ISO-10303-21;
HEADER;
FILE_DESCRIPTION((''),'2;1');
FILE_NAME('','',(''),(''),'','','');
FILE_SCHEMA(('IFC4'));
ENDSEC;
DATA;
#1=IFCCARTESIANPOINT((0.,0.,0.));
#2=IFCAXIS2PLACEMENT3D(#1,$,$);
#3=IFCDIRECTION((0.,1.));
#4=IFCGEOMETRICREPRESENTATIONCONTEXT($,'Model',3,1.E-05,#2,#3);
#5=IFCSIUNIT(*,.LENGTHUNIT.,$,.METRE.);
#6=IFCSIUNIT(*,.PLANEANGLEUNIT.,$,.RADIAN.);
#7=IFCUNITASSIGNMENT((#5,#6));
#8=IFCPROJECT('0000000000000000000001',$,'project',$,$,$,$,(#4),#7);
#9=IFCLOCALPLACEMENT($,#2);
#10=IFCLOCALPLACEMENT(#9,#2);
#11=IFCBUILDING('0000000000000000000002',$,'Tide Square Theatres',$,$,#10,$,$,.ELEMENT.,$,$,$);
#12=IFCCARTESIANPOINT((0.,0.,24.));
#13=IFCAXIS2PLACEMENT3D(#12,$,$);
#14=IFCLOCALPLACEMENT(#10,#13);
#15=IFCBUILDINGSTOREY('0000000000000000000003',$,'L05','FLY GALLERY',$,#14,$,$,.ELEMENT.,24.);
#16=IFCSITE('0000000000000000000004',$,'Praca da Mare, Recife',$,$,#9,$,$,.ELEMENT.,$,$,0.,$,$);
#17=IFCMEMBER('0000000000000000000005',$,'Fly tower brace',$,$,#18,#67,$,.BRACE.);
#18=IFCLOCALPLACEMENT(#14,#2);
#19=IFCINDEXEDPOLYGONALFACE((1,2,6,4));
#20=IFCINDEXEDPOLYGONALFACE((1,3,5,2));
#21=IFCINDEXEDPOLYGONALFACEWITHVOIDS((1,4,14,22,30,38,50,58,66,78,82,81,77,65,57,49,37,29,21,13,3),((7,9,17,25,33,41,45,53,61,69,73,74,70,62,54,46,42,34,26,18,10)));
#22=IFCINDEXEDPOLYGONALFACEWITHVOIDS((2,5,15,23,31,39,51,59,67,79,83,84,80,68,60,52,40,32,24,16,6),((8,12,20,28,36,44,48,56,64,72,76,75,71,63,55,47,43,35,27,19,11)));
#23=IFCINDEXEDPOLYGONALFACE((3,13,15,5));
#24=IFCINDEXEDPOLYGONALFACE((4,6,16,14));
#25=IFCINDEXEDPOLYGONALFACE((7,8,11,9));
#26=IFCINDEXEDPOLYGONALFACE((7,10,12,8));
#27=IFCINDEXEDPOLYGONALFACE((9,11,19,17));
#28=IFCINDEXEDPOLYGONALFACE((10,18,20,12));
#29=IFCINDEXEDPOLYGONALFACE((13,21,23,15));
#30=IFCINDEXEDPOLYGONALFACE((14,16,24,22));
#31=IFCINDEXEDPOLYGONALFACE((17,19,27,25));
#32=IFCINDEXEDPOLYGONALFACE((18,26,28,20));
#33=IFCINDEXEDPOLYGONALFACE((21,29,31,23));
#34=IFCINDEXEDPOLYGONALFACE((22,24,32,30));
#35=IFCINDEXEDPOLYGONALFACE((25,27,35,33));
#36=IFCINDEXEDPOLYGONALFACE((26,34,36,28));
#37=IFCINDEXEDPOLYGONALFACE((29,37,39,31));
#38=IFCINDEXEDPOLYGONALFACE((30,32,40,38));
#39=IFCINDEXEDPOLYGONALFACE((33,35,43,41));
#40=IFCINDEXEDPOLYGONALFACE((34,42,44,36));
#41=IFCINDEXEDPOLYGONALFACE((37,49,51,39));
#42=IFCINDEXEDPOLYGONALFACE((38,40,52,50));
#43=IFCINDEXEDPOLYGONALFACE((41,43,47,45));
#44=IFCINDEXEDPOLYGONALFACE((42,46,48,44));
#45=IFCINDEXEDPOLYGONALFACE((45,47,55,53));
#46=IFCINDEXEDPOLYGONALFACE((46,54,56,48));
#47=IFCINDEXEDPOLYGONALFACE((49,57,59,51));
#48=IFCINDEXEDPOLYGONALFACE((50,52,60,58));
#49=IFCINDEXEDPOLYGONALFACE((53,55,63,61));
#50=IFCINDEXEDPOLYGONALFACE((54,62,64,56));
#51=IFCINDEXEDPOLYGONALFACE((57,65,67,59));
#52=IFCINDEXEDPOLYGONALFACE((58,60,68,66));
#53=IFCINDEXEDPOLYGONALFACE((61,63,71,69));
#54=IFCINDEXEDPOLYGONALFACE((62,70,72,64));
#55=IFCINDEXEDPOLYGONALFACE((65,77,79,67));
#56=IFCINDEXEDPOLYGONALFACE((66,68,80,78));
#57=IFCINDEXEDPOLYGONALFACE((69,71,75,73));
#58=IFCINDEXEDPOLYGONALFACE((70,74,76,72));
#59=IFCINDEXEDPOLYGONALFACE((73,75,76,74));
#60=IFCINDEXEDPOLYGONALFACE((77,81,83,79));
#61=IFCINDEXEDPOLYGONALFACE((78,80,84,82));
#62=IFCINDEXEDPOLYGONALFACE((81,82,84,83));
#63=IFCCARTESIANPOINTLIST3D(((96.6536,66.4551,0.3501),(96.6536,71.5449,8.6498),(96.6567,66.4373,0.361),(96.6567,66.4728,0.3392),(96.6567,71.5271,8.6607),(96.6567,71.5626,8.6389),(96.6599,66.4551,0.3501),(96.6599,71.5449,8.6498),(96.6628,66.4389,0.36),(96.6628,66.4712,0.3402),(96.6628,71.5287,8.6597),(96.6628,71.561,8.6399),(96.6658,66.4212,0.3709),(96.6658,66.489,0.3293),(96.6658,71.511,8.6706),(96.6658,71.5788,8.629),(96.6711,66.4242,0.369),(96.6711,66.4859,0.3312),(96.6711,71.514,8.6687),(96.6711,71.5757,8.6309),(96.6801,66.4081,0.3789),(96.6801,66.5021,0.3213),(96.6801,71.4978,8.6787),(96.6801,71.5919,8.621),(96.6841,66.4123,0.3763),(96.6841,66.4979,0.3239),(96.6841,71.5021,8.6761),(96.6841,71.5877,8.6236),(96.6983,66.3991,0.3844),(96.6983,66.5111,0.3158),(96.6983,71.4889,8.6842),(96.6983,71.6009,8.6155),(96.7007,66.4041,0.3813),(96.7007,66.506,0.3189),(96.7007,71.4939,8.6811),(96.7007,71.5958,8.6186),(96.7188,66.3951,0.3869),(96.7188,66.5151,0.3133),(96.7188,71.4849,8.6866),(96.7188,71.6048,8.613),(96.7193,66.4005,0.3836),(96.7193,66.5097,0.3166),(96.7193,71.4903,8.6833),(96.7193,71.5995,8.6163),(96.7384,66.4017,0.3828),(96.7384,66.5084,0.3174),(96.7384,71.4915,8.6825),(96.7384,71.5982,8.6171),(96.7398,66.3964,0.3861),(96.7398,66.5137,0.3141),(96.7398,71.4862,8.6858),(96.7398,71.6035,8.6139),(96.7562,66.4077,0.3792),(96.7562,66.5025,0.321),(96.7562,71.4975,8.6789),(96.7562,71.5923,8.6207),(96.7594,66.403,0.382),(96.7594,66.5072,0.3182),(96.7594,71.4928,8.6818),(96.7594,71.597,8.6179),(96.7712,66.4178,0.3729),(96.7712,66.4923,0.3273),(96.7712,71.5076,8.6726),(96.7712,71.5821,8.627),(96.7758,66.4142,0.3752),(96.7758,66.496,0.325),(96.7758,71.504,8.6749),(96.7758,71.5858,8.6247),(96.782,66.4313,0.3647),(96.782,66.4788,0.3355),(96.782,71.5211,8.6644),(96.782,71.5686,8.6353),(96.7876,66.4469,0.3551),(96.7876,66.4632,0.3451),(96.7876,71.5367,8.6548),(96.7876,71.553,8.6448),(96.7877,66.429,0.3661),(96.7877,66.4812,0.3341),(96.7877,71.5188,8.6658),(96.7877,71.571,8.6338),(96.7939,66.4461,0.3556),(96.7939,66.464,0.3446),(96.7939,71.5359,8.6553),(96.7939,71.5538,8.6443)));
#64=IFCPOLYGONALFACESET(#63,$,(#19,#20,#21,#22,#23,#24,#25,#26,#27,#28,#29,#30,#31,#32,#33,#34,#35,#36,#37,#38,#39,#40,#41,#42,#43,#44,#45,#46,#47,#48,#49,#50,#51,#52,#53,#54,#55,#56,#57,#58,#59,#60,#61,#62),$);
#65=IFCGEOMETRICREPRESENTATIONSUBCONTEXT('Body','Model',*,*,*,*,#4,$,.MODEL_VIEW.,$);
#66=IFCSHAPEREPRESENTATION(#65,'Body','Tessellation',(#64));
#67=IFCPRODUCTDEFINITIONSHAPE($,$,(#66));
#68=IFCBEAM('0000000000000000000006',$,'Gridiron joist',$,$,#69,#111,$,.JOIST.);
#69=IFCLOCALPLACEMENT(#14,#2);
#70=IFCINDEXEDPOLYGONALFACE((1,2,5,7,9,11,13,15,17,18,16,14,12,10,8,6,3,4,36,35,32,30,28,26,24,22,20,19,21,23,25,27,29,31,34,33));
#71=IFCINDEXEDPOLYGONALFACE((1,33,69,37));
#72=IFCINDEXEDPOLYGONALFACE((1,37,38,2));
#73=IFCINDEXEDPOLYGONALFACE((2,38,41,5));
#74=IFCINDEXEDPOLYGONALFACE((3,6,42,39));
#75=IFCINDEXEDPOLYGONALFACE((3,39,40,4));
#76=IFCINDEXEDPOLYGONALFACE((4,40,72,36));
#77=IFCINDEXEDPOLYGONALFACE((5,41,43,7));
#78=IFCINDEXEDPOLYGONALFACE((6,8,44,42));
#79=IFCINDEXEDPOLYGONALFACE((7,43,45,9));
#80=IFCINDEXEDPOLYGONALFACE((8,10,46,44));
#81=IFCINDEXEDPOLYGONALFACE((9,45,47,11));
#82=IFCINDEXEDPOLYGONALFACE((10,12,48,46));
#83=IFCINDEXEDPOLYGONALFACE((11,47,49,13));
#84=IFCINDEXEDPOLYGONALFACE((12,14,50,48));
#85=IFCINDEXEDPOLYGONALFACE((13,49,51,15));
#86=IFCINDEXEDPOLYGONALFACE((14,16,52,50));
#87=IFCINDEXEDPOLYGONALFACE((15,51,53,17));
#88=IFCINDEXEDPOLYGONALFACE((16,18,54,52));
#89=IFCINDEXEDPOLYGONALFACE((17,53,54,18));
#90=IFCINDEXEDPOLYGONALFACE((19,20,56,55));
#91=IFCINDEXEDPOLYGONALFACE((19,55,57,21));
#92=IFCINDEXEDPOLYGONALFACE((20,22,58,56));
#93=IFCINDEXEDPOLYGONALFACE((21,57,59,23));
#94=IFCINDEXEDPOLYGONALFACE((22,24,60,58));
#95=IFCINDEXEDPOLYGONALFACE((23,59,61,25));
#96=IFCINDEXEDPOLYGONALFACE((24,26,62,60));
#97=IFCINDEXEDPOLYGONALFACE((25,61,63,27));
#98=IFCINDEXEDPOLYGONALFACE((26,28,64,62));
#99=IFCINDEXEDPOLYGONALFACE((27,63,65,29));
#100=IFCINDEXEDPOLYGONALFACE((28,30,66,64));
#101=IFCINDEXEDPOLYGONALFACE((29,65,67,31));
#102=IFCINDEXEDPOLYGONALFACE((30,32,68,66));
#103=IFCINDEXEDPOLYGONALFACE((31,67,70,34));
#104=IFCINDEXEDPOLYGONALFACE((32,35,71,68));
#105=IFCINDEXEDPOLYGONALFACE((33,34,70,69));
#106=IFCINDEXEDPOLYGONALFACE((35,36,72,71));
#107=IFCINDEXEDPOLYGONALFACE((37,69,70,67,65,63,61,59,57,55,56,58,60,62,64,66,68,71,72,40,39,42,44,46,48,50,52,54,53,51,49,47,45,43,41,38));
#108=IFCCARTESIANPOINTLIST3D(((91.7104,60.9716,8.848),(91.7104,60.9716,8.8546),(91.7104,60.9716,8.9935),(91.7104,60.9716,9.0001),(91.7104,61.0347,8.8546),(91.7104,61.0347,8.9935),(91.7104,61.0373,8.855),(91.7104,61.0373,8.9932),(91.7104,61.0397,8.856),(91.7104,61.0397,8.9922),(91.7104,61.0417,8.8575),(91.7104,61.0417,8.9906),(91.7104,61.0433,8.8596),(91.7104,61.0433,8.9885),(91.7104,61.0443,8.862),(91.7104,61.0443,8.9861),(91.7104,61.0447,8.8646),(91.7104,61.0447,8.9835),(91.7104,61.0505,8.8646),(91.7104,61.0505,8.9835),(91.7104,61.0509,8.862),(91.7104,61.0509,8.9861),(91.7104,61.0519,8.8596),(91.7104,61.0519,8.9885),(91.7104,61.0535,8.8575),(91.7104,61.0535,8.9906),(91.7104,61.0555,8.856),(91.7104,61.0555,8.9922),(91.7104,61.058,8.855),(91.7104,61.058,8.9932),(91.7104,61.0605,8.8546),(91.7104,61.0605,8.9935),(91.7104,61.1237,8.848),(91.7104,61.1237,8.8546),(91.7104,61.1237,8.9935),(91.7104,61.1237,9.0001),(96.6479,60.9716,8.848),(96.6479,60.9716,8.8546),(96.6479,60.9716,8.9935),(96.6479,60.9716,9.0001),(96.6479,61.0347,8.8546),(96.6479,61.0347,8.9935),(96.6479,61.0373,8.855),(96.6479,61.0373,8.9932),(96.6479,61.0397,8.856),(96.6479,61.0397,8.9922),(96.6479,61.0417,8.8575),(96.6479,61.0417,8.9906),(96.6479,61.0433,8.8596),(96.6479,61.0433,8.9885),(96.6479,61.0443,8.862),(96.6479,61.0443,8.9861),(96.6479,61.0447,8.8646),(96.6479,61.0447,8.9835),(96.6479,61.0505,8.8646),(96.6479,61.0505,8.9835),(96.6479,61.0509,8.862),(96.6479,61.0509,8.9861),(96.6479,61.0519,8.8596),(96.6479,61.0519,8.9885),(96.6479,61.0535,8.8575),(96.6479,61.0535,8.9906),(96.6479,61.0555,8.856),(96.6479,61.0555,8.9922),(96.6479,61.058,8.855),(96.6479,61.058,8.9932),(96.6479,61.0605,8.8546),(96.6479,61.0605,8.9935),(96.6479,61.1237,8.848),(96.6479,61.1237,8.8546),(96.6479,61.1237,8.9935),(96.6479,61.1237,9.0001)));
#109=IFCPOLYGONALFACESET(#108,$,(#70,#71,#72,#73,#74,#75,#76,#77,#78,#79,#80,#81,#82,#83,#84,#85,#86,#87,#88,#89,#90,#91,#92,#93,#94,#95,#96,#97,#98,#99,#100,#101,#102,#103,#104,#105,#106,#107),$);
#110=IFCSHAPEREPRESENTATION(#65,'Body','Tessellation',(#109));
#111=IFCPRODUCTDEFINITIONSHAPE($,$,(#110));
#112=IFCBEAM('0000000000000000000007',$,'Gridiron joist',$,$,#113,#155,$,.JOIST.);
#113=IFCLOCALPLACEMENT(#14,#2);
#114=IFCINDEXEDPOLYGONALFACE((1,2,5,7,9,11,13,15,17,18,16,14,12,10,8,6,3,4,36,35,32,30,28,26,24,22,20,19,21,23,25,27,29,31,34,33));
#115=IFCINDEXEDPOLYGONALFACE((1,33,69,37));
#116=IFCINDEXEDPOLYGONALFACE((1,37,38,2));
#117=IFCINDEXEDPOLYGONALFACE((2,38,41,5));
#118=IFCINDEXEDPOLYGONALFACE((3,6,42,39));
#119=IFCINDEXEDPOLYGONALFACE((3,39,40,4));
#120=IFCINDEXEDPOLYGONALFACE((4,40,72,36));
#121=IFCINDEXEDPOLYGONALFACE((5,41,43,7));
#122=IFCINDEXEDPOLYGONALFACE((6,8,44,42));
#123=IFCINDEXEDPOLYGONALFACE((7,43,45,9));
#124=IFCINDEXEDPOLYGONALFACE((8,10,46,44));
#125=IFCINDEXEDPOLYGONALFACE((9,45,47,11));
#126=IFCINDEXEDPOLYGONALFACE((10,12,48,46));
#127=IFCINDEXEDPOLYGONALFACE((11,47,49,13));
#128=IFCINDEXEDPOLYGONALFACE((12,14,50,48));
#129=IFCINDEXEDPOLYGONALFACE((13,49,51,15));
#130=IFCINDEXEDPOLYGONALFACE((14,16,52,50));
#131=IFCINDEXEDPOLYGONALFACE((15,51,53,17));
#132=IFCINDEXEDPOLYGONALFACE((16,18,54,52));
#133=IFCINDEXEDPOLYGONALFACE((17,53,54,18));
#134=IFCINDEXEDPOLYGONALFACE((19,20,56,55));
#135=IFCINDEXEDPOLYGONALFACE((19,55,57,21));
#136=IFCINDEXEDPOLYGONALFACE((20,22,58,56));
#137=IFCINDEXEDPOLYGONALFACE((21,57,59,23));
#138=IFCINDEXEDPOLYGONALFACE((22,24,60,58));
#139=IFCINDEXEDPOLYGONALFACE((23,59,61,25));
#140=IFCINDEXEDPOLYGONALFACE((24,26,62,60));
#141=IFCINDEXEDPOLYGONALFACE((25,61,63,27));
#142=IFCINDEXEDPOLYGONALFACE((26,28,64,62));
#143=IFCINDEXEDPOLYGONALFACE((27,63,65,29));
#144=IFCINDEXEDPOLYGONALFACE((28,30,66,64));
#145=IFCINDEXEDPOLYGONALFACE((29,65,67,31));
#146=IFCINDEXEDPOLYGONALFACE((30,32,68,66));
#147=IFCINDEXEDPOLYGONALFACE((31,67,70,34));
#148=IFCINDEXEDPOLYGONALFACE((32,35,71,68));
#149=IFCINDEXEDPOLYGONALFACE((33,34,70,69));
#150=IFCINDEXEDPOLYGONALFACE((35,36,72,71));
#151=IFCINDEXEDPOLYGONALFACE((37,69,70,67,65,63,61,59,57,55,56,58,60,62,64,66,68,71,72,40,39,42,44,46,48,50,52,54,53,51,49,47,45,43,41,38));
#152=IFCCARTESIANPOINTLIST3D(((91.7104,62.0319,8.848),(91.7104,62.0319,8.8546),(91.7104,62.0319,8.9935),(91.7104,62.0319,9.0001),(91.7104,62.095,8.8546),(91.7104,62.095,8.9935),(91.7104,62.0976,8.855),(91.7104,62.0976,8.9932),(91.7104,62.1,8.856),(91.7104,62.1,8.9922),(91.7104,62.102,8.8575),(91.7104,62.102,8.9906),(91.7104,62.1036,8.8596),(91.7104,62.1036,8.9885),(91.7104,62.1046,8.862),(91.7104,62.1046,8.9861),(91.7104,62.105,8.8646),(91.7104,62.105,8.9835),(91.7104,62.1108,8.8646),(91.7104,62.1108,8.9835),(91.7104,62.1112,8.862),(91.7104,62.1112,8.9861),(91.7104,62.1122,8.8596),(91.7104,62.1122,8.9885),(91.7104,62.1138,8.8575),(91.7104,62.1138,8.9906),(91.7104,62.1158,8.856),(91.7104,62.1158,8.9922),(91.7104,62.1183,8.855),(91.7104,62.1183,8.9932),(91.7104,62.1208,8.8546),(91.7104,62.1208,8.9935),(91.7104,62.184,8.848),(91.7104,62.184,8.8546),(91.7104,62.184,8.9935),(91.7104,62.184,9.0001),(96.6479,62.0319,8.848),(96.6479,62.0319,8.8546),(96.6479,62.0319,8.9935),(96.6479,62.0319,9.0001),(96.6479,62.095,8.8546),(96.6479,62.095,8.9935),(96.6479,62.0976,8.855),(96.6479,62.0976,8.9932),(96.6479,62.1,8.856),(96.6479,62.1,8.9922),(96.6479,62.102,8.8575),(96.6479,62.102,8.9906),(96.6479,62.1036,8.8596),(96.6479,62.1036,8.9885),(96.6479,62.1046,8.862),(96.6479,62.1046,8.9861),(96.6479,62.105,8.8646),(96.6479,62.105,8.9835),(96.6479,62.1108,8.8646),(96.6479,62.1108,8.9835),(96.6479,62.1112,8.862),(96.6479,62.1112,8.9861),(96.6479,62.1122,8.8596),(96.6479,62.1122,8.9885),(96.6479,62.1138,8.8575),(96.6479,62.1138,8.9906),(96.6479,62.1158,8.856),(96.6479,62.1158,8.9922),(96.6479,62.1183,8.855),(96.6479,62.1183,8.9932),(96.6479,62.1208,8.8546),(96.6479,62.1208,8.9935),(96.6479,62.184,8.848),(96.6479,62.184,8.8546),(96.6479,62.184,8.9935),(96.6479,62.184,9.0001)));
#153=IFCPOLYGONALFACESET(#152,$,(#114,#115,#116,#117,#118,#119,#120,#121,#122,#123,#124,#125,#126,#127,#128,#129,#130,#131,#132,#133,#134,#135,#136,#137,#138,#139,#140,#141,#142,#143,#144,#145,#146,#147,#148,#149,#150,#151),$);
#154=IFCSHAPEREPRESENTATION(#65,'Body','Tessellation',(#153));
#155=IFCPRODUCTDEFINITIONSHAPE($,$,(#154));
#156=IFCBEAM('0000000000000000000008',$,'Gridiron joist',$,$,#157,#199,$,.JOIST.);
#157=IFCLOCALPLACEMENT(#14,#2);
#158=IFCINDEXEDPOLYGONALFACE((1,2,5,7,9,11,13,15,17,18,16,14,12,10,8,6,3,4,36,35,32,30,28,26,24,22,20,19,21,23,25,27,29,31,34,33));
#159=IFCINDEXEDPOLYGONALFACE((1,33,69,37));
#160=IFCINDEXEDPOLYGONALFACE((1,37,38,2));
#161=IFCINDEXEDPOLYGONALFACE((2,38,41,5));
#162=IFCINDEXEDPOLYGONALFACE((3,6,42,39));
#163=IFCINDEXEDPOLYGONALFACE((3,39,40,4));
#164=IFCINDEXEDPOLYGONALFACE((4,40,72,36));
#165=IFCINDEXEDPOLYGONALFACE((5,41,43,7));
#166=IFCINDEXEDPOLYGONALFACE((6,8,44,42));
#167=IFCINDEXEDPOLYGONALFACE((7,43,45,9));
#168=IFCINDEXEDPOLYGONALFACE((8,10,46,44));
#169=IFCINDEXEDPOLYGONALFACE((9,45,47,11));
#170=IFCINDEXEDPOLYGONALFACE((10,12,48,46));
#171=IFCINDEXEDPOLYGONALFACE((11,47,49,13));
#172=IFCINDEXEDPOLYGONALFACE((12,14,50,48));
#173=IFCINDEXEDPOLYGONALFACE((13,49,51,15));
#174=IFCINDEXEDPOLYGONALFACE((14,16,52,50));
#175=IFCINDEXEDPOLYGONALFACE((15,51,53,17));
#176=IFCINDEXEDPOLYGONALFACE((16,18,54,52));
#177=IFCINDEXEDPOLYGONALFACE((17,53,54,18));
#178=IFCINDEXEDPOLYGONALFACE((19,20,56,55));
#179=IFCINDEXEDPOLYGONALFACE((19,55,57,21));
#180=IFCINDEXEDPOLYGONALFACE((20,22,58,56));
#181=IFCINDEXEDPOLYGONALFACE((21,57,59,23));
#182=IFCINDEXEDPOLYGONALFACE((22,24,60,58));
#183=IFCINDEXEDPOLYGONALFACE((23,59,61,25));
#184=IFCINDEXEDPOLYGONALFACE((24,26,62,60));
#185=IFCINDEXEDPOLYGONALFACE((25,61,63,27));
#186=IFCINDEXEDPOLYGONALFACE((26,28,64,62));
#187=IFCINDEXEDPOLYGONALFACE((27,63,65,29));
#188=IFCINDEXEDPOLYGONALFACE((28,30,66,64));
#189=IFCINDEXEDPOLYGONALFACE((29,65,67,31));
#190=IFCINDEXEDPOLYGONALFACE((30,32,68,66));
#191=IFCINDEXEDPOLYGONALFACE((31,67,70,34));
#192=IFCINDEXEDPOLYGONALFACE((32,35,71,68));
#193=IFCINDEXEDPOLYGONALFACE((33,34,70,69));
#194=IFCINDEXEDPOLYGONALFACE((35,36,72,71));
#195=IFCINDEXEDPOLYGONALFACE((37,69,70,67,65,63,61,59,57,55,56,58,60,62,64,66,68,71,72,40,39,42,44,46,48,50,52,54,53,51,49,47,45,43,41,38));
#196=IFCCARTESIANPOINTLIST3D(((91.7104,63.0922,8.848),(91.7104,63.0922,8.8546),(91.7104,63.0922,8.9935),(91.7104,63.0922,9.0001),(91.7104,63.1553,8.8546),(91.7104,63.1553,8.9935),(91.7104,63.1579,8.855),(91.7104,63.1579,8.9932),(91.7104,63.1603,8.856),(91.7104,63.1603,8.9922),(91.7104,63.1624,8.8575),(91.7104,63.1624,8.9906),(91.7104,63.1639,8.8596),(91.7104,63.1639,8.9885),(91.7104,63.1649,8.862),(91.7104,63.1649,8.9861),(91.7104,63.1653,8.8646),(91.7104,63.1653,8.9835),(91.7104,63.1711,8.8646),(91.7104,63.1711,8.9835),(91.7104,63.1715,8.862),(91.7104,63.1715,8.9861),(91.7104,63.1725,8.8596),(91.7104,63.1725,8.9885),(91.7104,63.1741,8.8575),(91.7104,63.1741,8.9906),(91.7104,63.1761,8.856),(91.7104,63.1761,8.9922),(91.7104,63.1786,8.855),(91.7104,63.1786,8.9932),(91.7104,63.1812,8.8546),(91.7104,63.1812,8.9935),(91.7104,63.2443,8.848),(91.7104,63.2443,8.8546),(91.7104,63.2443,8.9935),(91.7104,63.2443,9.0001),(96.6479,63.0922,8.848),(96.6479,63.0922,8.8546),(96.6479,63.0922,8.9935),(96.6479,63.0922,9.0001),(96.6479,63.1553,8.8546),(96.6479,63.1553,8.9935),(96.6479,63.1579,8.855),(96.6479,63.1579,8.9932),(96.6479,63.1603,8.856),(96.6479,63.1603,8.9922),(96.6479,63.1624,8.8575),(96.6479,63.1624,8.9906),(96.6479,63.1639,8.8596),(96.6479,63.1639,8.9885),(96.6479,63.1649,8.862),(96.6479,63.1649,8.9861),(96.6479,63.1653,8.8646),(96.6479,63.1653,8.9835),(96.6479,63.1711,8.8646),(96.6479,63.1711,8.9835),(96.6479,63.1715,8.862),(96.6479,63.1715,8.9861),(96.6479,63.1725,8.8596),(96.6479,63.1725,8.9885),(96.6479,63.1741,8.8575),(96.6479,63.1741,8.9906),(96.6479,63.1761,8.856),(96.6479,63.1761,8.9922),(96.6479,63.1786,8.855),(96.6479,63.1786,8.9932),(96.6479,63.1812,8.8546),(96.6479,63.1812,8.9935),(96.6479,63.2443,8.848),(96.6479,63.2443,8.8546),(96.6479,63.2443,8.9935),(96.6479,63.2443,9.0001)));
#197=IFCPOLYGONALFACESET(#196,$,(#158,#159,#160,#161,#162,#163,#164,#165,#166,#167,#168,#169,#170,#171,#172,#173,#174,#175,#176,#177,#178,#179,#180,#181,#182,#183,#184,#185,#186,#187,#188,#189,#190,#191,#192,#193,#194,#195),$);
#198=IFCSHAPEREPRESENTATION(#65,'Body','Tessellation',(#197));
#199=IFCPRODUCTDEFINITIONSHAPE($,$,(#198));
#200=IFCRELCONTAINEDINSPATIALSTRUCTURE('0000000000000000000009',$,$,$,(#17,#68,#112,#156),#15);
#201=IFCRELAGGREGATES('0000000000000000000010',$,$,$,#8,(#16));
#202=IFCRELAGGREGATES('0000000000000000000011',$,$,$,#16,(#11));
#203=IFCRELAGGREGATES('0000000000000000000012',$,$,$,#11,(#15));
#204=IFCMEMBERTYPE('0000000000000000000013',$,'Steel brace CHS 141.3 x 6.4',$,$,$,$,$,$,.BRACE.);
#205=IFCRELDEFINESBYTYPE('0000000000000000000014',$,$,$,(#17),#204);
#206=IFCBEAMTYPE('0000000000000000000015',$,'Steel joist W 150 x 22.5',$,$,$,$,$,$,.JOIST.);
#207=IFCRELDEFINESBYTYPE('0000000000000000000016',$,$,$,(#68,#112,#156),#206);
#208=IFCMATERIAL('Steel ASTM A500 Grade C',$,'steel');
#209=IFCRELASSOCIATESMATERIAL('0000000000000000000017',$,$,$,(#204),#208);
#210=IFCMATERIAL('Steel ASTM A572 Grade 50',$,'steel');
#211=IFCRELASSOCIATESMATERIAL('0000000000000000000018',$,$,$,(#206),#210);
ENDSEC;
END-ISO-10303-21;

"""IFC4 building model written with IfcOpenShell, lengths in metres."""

from ifc_helpers import new_model, si_unit, direction, frame, origin, origin_2d, place, context, subcontext, project, spatial, hollow_circle, i_section, extrude, material, material_profile, profile_set, type_object, element, save


model = new_model("IFC4")

# Units and contexts
model_context = context("Model", 3, precision=1e-05, world=origin(), true_north=direction((0.0, 1.0)))
body_context = subcontext(model_context, "Body", "Model", "MODEL_VIEW")
ifc_project = project(units=[si_unit("LENGTHUNIT", "METRE"), si_unit("PLANEANGLEUNIT", "RADIAN")], contexts=[model_context])

# Site, building, storey
site_placement = place(None, origin())
site = spatial("IfcSite", under=ifc_project, at=site_placement, Name="Praca da Mare, Recife", CompositionType="ELEMENT", RefElevation=0.0)
building_placement = place(site_placement, origin())
building = spatial("IfcBuilding", under=site, at=building_placement, Name="Tide Square Theatres", CompositionType="ELEMENT")
storey_placement = place(building_placement, frame((0.0, 0.0, 24.0)))
storey = spatial("IfcBuildingStorey", under=building, at=storey_placement, Name="L05", Description="FLY GALLERY", CompositionType="ELEMENT", Elevation=24.0)

# Member
ifc_material_1 = material(Name="Steel ASTM A500 Grade C", Category="steel")
ifc_material_profile_1 = material_profile(ifc_material_1, hollow_circle(Radius=0.0706, WallThickness=0.0063, at=origin_2d()))
ifc_profile_set_1 = profile_set([ifc_material_profile_1], Name="Steel ASTM A500 Grade C")
member_type = type_object("IfcMemberType", Name="Steel brace CHS 141.3 x 6.4", PredefinedType="BRACE", material=ifc_profile_set_1)
member_1_placement = place(storey_placement, frame((96.7241, 66.4551, 0.3501), z_axis=(0.0, 0.522776, 0.85247), x_axis=(-1.0, 0.0, 0.0)))
element("IfcMember", 1, at=member_1_placement, inside=storey, type_object=member_type, Name="Fly tower brace", PredefinedType="BRACE", context=body_context, shape_type="SweptSolid", body=[
    extrude(hollow_circle(Radius=0.0706, WallThickness=0.0063, at=origin_2d()), origin(), (0.0, 0.0, 1.0), 9.7361),
])

# Beams
ifc_material_2 = material(Name="Steel ASTM A572 Grade 50", Category="steel")
ifc_material_profile_2 = material_profile(ifc_material_2, i_section(OverallWidth=0.1521, OverallDepth=0.1521, WebThickness=0.0059, FlangeThickness=0.0066, FilletRadius=0.01, at=origin_2d()))
ifc_profile_set_2 = profile_set([ifc_material_profile_2], Name="Steel ASTM A572 Grade 50")
beam_type_1 = type_object("IfcBeamType", Name="Steel joist W 150 x 22.5", PredefinedType="JOIST", material=ifc_profile_set_2)
for number, where, z_axis, x_axis, name in (
    (2, (91.7104, 61.0476, 8.9241), (1.0, 0.0, 0.0), (0.0, 1.0, 0.0), "Gridiron joist"),
    (3, (91.7104, 62.1079, 8.9241), (1.0, 0.0, 0.0), (0.0, 1.0, 0.0), "Gridiron joist"),
    (4, (91.7104, 63.1682, 8.9241), (1.0, 0.0, 0.0), (0.0, 1.0, 0.0), "Gridiron joist"),
):
    element("IfcBeam", number, at=place(storey_placement, frame(where, z_axis=z_axis, x_axis=x_axis)), inside=storey, type_object=beam_type_1, Name=name, PredefinedType="JOIST", context=body_context, shape_type="SweptSolid", body=[
        extrude(i_section(OverallWidth=0.1521, OverallDepth=0.1521, WebThickness=0.0059, FlangeThickness=0.0066, FilletRadius=0.01, at=origin_2d()), origin(), (0.0, 0.0, 1.0), 4.9375),
    ])

save(model, "model.ifc")
